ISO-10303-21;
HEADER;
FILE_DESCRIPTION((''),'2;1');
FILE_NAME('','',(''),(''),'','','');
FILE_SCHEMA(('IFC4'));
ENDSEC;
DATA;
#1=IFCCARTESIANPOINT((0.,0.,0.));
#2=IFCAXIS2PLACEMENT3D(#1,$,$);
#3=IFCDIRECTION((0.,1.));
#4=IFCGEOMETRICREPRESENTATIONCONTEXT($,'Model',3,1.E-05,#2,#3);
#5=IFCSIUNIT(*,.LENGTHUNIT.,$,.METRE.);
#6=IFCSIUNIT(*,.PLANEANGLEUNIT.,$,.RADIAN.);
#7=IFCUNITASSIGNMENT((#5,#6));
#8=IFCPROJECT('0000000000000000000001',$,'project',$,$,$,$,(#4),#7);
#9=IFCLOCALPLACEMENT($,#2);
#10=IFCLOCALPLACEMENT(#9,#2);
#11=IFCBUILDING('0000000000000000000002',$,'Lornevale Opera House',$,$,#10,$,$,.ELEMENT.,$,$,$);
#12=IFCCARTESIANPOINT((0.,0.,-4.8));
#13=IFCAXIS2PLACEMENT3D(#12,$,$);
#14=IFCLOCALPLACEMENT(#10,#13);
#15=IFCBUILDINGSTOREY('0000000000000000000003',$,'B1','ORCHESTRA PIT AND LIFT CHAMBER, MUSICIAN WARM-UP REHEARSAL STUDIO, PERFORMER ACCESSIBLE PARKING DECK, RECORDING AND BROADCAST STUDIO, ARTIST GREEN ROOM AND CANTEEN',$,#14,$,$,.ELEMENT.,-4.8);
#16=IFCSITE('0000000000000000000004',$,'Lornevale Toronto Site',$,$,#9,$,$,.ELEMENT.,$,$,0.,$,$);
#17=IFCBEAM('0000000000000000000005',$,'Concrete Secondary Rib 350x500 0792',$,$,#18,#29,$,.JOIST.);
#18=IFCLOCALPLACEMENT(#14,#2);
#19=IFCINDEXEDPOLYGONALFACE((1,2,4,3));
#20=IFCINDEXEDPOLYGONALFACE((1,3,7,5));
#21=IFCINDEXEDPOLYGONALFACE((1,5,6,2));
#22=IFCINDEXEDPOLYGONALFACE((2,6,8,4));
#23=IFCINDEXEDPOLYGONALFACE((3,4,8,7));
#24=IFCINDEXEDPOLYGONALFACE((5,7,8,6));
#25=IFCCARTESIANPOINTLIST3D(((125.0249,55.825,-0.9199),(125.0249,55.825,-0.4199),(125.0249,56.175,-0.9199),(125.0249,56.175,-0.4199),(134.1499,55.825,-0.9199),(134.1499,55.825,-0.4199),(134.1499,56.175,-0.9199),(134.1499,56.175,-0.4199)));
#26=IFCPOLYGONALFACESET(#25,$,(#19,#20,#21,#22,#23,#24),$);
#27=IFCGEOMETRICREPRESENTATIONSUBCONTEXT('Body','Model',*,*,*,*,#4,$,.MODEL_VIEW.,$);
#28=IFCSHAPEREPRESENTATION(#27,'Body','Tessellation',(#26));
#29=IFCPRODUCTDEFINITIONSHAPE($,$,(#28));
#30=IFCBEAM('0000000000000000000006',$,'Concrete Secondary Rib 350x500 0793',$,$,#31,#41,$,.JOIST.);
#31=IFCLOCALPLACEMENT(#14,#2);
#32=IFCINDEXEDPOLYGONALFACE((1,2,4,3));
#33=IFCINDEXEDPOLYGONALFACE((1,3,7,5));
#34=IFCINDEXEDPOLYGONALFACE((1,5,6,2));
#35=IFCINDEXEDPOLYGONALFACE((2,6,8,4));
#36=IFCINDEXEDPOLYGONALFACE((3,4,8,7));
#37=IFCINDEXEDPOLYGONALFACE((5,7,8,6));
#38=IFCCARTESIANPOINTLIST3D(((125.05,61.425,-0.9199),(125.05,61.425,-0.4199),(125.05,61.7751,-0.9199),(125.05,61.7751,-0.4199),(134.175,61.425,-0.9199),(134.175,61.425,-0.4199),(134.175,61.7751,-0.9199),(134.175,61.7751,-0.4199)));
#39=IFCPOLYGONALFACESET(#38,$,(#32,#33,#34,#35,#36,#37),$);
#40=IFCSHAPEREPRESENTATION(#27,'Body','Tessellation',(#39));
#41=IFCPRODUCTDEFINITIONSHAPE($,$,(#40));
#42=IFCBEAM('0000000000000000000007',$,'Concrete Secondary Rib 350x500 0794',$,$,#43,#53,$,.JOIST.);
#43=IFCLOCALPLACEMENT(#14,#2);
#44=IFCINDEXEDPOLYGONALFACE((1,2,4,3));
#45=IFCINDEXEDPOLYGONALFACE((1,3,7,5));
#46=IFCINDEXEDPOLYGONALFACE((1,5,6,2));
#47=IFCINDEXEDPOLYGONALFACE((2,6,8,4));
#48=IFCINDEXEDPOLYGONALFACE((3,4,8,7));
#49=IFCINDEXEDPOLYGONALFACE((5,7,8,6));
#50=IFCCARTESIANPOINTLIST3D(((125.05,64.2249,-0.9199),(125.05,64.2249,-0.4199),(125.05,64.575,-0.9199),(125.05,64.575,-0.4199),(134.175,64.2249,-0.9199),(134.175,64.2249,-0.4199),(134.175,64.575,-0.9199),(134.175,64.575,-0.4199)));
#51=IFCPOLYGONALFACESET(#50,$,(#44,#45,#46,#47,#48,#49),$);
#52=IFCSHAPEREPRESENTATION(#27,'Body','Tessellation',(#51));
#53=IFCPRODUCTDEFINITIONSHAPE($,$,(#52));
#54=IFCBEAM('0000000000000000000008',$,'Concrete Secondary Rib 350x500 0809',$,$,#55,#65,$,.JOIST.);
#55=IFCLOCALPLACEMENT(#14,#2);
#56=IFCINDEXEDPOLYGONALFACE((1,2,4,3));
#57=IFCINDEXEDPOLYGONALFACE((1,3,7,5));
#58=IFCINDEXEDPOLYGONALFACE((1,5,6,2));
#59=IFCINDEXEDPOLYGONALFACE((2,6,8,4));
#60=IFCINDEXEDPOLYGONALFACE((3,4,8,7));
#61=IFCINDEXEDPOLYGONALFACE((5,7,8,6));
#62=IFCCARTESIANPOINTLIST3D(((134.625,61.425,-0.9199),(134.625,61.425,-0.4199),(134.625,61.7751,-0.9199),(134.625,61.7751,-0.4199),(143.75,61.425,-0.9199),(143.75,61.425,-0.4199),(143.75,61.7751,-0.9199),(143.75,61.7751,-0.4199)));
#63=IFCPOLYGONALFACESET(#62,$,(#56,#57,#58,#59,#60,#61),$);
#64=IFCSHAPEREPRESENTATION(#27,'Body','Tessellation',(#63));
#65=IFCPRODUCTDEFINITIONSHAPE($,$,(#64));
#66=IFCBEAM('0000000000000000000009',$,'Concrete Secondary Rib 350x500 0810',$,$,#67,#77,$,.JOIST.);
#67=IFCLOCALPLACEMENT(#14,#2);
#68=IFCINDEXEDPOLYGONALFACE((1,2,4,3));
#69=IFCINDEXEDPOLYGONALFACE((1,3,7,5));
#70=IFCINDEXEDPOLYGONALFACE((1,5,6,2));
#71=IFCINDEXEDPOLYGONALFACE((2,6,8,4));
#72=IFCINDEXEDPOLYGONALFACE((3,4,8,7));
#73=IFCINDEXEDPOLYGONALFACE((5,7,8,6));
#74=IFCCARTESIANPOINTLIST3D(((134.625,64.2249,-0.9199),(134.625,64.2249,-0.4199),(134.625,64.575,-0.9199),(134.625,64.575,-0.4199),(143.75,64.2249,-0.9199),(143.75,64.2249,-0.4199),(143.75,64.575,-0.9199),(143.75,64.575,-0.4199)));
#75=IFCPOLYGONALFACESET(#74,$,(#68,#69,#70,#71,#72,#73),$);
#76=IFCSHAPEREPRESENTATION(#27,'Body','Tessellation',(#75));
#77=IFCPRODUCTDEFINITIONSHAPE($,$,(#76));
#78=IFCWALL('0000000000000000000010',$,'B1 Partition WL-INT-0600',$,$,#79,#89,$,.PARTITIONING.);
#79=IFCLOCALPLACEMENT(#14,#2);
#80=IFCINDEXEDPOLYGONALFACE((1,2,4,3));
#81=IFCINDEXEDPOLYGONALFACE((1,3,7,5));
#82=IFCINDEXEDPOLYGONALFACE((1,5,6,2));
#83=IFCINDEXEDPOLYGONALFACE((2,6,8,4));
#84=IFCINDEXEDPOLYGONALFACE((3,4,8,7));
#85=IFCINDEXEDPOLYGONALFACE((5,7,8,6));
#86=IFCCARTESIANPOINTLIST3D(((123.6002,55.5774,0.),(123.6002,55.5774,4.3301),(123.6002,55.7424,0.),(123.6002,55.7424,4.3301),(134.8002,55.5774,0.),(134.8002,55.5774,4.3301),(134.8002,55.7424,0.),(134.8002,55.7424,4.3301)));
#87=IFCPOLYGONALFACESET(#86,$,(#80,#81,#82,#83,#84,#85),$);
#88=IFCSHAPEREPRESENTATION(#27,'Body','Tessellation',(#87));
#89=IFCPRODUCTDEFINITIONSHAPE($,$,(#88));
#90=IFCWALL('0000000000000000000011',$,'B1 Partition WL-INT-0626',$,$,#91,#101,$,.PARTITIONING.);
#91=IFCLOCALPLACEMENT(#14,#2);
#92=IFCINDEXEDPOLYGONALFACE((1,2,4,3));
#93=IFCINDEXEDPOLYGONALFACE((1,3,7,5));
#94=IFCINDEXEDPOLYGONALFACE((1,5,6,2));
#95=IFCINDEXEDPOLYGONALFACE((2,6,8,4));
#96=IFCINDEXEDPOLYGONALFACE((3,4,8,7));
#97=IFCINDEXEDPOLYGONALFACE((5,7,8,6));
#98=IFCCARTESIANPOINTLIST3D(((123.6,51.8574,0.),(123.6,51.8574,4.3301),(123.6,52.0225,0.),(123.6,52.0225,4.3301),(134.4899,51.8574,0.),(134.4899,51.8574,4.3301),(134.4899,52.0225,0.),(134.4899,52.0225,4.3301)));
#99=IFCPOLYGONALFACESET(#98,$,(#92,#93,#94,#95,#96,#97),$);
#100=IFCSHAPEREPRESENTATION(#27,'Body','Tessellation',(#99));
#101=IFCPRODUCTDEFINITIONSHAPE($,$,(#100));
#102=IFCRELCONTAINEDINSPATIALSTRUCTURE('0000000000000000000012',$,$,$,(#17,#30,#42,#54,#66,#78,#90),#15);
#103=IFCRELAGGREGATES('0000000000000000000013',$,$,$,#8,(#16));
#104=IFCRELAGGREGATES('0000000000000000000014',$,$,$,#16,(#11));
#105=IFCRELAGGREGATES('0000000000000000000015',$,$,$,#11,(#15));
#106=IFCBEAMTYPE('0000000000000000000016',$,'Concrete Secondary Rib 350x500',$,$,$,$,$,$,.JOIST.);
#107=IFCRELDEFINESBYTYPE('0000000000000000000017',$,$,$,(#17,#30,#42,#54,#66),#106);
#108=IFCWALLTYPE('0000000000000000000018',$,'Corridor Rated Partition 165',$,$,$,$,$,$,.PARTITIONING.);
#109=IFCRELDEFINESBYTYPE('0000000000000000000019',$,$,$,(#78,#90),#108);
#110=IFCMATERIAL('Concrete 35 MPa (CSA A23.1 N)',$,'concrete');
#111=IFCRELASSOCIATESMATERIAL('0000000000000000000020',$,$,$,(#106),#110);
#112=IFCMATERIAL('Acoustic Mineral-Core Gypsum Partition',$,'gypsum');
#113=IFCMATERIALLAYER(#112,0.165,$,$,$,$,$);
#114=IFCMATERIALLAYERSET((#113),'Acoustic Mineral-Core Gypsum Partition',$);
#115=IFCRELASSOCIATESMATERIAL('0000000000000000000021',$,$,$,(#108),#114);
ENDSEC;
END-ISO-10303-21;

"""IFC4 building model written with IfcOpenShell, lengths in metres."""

from ifc_helpers import new_model, si_unit, direction, frame, frame_2d, origin, origin_2d, place, context, subcontext, project, spatial, rectangle, extrude, material, layer, layer_set, material_profile, profile_set, type_object, element, save


model = new_model("IFC4")

# Units and contexts
model_context = context("Model", 3, precision=1e-05, world=origin(), true_north=direction((0.0, 1.0)))
body_context = subcontext(model_context, "Body", "Model", "MODEL_VIEW")
ifc_project = project(units=[si_unit("LENGTHUNIT", "METRE"), si_unit("PLANEANGLEUNIT", "RADIAN")], contexts=[model_context])

# Site, building, storey
site_placement = place(None, origin())
site = spatial("IfcSite", under=ifc_project, at=site_placement, Name="Lornevale Toronto Site", CompositionType="ELEMENT", RefElevation=0.0)
building_placement = place(site_placement, origin())
building = spatial("IfcBuilding", under=site, at=building_placement, Name="Lornevale Opera House", CompositionType="ELEMENT")
storey_placement = place(building_placement, frame((0.0, 0.0, -4.8)))
storey = spatial("IfcBuildingStorey", under=building, at=storey_placement, Name="B1", Description="ORCHESTRA PIT AND LIFT CHAMBER, MUSICIAN WARM-UP REHEARSAL STUDIO, PERFORMER ACCESSIBLE PARKING DECK, RECORDING AND BROADCAST STUDIO, ARTIST GREEN ROOM AND CANTEEN", CompositionType="ELEMENT", Elevation=-4.8)

# Beams
ifc_material_1 = material(Name="Concrete 35 MPa (CSA A23.1 N)", Category="concrete")
ifc_material_profile_1 = material_profile(ifc_material_1, rectangle(XDim=0.3501, YDim=0.5, at=origin_2d()), Name="RC350x500")
ifc_profile_set_1 = profile_set([ifc_material_profile_1], Name="Concrete 35 MPa (CSA A23.1 N)")
beam_type_1 = type_object("IfcBeamType", Name="Concrete Secondary Rib 350x500", PredefinedType="JOIST", material=ifc_profile_set_1)
for number, where, z_axis, x_axis, name in (
    (1, (125.0249, 56.0, -0.6699), (1.0, 0.0, 0.0), (0.0, 1.0, 0.0), "Concrete Secondary Rib 350x500 0792"),
    (2, (125.05, 61.6001, -0.6699), (1.0, 0.0, 0.0), (0.0, 1.0, 0.0), "Concrete Secondary Rib 350x500 0793"),
    (3, (125.05, 64.3999, -0.6699), (1.0, 0.0, 0.0), (0.0, 1.0, 0.0), "Concrete Secondary Rib 350x500 0794"),
    (4, (134.625, 61.6001, -0.6699), (1.0, 0.0, 0.0), (0.0, 1.0, 0.0), "Concrete Secondary Rib 350x500 0809"),
    (5, (134.625, 64.3999, -0.6699), (1.0, 0.0, 0.0), (0.0, 1.0, 0.0), "Concrete Secondary Rib 350x500 0810"),
):
    element("IfcBeam", number, at=place(storey_placement, frame(where, z_axis=z_axis, x_axis=x_axis)), inside=storey, type_object=beam_type_1, Name=name, PredefinedType="JOIST", context=body_context, shape_type="SweptSolid", body=[
        extrude(rectangle(XDim=0.3501, YDim=0.5, at=origin_2d()), origin(), (0.0, 0.0, 1.0), 9.125),
    ])

# Walls
ifc_material_2 = material(Name="Acoustic Mineral-Core Gypsum Partition", Category="gypsum")
ifc_layer = layer(ifc_material_2, 0.165)
ifc_layer_set = layer_set([ifc_layer], Name="Acoustic Mineral-Core Gypsum Partition")
wall_type = type_object("IfcWallType", Name="Corridor Rated Partition 165", PredefinedType="PARTITIONING", material=ifc_layer_set)
wall_1_placement = place(storey_placement, frame((123.6001, 55.6599, 0.0), z_axis=(0.0, 0.0, 1.0), x_axis=(1.0, 0.0, 0.0)))
element("IfcWall", 6, at=wall_1_placement, inside=storey, type_object=wall_type, Name="B1 Partition WL-INT-0600", PredefinedType="PARTITIONING", context=body_context, shape_type="SweptSolid", body=[
    extrude(rectangle(XDim=11.2, YDim=0.165, at=frame_2d((5.6001, 0.0))), origin(), (0.0, 0.0, 1.0), 4.3301),
])
wall_2_placement = place(storey_placement, frame((123.6001, 51.9399, 0.0), z_axis=(0.0, 0.0, 1.0), x_axis=(1.0, 0.0, 0.0)))
element("IfcWall", 7, at=wall_2_placement, inside=storey, type_object=wall_type, Name="B1 Partition WL-INT-0626", PredefinedType="PARTITIONING", context=body_context, shape_type="SweptSolid", body=[
    extrude(rectangle(XDim=10.8899, YDim=0.165, at=frame_2d((5.4448, 0.0))), origin(), (0.0, 0.0, 1.0), 4.3301),
])

save(model, "model.ifc")
